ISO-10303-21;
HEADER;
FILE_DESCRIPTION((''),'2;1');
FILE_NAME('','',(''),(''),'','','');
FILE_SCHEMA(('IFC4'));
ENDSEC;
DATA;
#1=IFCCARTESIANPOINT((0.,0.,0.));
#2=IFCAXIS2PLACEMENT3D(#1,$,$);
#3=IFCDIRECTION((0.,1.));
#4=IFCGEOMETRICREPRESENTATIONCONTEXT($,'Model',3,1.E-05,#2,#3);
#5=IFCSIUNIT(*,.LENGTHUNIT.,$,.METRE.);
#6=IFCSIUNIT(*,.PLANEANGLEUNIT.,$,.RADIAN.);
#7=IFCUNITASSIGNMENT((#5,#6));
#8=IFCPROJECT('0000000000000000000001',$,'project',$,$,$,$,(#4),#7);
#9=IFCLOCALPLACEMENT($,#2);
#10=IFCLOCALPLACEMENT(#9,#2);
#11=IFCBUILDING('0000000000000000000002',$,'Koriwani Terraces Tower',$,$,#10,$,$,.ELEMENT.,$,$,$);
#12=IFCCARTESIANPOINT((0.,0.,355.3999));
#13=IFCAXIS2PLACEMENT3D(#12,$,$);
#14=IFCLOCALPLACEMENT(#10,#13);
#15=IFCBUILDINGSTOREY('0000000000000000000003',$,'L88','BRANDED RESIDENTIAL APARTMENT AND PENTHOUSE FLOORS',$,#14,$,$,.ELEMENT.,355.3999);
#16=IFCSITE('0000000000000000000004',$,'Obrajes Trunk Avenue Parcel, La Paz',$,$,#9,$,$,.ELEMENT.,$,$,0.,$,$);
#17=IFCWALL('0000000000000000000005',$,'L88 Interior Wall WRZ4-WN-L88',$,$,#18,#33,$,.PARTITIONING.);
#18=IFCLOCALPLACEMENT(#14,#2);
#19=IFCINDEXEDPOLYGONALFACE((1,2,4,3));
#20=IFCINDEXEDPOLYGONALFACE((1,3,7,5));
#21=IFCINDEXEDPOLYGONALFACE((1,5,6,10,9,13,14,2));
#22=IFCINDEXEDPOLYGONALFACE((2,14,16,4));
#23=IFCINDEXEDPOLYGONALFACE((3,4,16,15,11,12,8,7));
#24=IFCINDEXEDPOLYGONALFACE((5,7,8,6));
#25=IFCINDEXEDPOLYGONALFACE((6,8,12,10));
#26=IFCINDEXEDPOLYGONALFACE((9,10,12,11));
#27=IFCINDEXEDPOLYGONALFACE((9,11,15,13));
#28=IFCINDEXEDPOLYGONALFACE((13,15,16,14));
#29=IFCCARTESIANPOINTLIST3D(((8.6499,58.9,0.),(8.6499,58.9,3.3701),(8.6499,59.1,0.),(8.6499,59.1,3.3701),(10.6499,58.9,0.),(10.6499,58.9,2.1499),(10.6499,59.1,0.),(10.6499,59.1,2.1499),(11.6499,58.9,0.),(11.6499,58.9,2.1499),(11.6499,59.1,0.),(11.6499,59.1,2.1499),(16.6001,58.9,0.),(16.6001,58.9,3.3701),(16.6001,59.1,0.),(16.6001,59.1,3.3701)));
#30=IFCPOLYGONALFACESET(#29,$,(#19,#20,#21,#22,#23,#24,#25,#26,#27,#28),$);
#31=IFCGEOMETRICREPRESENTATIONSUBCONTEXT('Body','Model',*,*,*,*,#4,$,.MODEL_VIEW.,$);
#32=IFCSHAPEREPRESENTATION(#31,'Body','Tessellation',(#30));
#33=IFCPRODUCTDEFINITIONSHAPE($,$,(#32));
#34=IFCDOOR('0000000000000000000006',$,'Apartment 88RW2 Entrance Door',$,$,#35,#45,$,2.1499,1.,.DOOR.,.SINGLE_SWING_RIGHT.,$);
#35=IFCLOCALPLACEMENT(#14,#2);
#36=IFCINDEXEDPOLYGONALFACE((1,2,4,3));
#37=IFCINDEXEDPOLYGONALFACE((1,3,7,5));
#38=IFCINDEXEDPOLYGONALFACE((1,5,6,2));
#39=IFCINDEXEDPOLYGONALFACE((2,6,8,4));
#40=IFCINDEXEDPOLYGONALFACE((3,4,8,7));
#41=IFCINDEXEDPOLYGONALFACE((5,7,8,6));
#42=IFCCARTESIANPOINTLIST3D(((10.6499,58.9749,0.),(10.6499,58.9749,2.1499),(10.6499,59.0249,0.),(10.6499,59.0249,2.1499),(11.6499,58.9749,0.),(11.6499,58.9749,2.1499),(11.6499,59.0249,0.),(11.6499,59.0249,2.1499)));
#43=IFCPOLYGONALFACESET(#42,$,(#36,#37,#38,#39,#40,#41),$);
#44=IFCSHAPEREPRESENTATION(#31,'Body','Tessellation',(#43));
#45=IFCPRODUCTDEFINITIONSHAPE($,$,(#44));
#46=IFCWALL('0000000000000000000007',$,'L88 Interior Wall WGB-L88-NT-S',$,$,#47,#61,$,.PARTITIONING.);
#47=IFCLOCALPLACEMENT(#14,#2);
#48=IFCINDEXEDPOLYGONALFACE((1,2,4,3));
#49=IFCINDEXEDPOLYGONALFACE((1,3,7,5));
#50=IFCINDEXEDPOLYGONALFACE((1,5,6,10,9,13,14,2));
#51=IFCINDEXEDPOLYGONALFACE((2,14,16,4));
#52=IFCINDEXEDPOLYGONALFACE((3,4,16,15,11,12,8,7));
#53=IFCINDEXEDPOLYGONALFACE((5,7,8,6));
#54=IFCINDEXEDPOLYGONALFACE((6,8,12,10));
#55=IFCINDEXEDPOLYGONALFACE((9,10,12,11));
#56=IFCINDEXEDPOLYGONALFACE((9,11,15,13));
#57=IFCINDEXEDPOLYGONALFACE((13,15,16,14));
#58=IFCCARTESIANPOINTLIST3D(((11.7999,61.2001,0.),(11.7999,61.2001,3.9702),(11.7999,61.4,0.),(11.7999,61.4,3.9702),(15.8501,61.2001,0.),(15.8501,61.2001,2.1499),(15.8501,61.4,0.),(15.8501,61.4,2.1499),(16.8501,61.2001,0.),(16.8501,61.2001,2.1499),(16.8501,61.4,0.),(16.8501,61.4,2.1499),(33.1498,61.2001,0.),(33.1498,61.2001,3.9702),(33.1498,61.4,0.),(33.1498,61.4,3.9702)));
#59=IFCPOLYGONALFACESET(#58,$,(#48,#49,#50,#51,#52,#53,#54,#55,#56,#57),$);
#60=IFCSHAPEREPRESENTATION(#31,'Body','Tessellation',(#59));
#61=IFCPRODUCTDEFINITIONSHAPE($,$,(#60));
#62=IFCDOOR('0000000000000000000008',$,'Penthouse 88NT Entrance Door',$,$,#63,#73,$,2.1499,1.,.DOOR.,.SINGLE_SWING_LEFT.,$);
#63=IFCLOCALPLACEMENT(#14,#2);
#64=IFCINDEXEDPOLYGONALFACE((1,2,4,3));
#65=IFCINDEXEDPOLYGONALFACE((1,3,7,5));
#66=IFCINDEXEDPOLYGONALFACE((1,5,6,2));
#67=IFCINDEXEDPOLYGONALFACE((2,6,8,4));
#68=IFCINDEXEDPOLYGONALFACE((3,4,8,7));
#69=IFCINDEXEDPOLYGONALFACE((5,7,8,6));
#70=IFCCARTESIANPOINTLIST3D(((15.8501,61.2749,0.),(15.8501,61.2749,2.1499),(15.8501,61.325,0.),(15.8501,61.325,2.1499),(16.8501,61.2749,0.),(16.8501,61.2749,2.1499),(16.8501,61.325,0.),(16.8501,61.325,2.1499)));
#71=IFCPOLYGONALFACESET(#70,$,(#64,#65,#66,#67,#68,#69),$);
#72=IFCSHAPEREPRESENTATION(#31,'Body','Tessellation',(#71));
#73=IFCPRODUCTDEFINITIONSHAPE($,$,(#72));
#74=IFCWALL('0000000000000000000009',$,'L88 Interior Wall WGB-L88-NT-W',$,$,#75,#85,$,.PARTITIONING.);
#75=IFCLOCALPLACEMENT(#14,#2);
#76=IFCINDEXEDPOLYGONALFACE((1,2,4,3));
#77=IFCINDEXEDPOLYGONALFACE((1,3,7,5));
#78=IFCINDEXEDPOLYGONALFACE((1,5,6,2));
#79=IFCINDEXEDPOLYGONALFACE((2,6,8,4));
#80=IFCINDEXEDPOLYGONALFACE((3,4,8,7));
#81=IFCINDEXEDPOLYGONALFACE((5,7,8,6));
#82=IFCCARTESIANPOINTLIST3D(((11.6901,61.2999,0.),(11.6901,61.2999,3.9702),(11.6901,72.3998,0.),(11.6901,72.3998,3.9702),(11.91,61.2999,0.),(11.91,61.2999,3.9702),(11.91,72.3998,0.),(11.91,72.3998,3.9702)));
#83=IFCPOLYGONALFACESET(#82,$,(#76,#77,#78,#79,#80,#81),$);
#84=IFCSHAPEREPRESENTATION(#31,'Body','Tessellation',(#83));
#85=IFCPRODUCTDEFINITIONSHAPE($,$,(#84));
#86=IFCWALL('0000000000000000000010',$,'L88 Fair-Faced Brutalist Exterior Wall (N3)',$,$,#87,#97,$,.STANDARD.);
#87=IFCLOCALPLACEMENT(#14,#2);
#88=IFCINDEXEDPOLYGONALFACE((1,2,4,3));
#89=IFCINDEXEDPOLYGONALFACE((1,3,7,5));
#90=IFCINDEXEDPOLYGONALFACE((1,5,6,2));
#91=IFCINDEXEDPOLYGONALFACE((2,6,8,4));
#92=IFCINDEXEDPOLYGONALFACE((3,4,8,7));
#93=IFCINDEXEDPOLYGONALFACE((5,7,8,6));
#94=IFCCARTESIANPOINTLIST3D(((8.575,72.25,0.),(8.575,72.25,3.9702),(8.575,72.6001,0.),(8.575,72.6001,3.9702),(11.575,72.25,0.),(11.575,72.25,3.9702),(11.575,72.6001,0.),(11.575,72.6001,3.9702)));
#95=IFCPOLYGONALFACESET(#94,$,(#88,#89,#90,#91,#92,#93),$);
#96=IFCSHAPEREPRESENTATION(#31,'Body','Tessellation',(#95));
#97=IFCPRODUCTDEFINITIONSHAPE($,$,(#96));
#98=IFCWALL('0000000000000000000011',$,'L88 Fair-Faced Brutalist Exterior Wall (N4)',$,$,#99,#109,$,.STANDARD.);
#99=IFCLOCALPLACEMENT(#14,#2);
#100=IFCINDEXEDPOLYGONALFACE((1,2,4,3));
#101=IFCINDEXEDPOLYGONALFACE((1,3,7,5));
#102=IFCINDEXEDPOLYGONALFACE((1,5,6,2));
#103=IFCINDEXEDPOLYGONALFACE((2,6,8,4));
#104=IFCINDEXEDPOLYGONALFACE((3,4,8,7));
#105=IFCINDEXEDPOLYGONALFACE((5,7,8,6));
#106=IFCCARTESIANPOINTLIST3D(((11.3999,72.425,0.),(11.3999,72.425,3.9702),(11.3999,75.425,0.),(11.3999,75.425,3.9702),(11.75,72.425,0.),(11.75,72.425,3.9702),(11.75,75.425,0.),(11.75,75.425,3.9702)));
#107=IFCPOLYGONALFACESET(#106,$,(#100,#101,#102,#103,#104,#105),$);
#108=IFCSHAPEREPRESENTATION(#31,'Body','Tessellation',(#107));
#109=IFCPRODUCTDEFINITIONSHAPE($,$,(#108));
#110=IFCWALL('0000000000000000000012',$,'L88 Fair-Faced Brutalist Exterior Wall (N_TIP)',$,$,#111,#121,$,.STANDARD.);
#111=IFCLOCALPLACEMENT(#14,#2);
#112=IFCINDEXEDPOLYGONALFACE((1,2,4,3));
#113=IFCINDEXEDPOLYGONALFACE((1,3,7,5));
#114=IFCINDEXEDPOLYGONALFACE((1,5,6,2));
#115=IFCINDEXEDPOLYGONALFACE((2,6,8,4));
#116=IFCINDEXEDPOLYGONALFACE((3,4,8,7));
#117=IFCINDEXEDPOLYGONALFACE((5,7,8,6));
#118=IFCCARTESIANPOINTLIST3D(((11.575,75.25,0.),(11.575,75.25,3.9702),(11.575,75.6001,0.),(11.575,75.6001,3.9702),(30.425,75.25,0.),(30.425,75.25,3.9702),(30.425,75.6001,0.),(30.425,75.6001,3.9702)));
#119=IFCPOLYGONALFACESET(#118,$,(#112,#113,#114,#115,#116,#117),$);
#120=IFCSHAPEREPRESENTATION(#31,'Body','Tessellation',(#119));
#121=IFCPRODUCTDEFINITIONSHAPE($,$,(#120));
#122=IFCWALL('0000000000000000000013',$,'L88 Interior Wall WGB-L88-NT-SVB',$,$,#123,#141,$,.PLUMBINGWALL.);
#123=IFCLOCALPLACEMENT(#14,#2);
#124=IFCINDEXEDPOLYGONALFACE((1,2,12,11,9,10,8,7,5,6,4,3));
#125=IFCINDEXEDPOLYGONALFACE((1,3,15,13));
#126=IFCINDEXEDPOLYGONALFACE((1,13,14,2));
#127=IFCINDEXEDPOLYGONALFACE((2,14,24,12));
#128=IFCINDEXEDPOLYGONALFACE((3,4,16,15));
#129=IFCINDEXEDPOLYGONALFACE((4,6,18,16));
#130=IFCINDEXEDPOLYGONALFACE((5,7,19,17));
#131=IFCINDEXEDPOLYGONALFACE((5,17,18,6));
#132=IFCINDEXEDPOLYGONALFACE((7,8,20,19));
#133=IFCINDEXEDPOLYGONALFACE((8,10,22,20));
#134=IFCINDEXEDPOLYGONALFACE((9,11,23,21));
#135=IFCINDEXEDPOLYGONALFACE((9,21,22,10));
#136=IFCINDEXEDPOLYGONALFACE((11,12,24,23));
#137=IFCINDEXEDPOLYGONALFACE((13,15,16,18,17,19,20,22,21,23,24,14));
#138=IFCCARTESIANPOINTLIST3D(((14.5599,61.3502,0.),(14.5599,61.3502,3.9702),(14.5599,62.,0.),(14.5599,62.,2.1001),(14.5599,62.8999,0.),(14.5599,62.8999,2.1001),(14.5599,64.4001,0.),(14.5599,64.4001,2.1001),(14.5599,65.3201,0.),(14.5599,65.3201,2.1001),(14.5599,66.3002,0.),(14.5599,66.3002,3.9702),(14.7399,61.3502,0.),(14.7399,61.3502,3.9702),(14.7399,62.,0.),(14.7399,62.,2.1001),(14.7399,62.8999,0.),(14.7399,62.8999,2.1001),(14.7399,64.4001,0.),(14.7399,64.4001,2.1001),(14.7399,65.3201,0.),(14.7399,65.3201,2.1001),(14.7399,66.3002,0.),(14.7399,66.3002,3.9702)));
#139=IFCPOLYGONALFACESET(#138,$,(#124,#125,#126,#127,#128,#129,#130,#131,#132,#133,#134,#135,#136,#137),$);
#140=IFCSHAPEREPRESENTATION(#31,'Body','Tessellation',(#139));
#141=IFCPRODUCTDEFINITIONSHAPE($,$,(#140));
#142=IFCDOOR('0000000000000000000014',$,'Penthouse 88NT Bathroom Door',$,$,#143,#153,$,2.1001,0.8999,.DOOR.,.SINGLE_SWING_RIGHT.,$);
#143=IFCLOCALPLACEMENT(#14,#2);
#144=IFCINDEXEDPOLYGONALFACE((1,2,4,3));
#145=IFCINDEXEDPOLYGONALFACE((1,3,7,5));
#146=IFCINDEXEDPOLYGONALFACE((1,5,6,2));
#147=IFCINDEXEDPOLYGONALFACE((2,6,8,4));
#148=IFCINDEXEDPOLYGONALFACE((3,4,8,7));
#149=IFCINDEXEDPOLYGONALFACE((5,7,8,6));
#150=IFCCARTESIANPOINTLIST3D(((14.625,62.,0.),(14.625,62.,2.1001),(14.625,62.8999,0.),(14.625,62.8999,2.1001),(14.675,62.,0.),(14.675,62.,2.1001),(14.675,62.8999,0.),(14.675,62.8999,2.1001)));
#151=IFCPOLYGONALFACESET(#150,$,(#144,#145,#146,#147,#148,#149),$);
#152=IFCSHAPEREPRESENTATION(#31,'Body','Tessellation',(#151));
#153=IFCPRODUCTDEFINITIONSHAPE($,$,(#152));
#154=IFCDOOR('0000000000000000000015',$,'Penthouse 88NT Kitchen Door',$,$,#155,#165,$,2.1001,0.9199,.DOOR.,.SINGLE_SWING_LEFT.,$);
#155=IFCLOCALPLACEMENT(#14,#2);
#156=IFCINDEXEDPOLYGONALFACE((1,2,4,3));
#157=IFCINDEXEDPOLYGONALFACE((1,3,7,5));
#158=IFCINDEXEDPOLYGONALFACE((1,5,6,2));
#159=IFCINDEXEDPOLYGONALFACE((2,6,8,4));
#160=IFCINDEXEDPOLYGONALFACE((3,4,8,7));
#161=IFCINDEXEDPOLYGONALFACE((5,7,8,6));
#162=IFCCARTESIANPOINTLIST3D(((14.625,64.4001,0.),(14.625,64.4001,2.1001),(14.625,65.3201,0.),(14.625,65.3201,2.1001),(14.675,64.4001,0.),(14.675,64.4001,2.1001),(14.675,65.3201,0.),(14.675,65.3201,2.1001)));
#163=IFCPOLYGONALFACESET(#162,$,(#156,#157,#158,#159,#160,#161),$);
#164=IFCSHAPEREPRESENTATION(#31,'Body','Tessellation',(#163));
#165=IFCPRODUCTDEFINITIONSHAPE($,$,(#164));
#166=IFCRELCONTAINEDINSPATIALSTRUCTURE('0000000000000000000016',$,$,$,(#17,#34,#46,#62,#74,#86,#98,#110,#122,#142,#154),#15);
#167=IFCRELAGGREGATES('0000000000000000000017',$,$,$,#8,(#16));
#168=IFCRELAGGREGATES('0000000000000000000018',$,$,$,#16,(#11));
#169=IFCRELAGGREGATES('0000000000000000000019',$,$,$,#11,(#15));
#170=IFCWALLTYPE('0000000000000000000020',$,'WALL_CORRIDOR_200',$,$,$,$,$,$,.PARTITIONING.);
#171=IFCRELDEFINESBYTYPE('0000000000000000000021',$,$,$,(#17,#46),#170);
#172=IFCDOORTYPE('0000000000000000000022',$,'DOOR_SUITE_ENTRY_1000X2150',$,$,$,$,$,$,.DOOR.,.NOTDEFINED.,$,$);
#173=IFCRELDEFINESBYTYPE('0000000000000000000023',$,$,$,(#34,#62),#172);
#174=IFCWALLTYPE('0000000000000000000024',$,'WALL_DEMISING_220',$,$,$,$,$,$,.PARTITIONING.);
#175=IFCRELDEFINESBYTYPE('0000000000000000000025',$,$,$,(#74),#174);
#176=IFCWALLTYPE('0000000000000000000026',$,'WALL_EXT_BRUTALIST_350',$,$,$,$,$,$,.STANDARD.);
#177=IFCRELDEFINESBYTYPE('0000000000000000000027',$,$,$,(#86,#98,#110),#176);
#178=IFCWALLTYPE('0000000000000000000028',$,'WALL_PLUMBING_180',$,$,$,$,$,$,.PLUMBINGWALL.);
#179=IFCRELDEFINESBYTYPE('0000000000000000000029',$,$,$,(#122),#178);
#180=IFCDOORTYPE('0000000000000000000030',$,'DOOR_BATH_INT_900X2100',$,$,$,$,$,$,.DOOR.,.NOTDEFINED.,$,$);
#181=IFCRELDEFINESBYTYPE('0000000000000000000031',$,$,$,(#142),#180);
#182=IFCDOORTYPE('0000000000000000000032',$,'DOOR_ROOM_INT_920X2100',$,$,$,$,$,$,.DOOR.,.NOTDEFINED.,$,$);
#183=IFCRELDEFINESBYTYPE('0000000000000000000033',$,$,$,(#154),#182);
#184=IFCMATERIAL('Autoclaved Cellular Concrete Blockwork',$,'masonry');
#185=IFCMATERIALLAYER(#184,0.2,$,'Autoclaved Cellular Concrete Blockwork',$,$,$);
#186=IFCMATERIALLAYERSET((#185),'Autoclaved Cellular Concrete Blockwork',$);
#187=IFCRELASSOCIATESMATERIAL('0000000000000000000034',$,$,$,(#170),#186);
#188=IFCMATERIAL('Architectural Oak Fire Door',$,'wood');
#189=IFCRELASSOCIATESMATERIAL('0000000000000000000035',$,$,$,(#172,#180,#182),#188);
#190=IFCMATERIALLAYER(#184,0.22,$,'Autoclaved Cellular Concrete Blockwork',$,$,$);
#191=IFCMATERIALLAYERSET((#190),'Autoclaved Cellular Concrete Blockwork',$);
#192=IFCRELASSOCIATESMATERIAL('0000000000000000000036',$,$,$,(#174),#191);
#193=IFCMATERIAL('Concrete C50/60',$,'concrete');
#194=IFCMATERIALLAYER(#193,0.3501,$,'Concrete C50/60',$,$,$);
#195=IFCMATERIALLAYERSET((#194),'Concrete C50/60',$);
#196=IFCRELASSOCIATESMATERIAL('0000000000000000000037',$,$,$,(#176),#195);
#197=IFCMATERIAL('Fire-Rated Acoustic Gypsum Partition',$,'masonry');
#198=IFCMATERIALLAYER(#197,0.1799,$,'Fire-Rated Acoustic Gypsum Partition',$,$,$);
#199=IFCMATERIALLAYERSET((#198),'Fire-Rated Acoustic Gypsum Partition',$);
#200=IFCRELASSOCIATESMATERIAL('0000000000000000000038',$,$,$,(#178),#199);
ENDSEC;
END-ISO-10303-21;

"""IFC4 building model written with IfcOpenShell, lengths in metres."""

from ifc_helpers import new_model, si_unit, direction, frame, frame_2d, origin, place, context, subcontext, project, spatial, rectangle, extrude, material, layer, layer_set, type_object, element, fill, save


model = new_model("IFC4")

# Units and contexts
model_context = context("Model", 3, precision=1e-05, world=origin(), true_north=direction((0.0, 1.0)))
body_context = subcontext(model_context, "Body", "Model", "MODEL_VIEW")
ifc_project = project(units=[si_unit("LENGTHUNIT", "METRE"), si_unit("PLANEANGLEUNIT", "RADIAN")], contexts=[model_context])

# Site, building, storey
site_placement = place(None, origin())
site = spatial("IfcSite", under=ifc_project, at=site_placement, Name="Obrajes Trunk Avenue Parcel, La Paz", CompositionType="ELEMENT", RefElevation=0.0)
building_placement = place(site_placement, origin())
building = spatial("IfcBuilding", under=site, at=building_placement, Name="Koriwani Terraces Tower", CompositionType="ELEMENT")
storey_placement = place(building_placement, frame((0.0, 0.0, 355.3999)))
storey = spatial("IfcBuildingStorey", under=building, at=storey_placement, Name="L88", Description="BRANDED RESIDENTIAL APARTMENT AND PENTHOUSE FLOORS", CompositionType="ELEMENT", Elevation=355.3999)

# Shared definitions
ifc_material_1 = material(Name="Concrete C50/60", Category="concrete")

# Walls, openings, doors
ifc_material_2 = material(Name="Autoclaved Cellular Concrete Blockwork", Category="masonry")
ifc_layer_1 = layer(ifc_material_2, 0.2, Name="Autoclaved Cellular Concrete Blockwork")
ifc_layer_set_1 = layer_set([ifc_layer_1], Name="Autoclaved Cellular Concrete Blockwork")
wall_type_1 = type_object("IfcWallType", Name="WALL_CORRIDOR_200", PredefinedType="PARTITIONING", material=ifc_layer_set_1)
wall_1_placement = place(storey_placement, frame((8.6499, 59.0, 0.0), z_axis=(0.0, 0.0, 1.0), x_axis=(1.0, 0.0, 0.0)))
wall_1 = element("IfcWall", 1, at=wall_1_placement, inside=storey, type_object=wall_type_1, Name="L88 Interior Wall WRZ4-WN-L88", PredefinedType="PARTITIONING", context=body_context, shape_type="SweptSolid", body=[
    extrude(rectangle(XDim=7.9502, YDim=0.2, at=frame_2d((3.9751, 0.0))), origin(), (0.0, 0.0, 1.0), 3.3701),
])
opening_1_placement = place(wall_1_placement, frame((2.0, 0.0, 0.0)))
opening_1 = element("IfcOpeningElement", 2, at=opening_1_placement, cuts=wall_1, PredefinedType="OPENING", context=body_context, shape_type="SweptSolid", body=[
    extrude(rectangle(XDim=1.0, YDim=2.1499, at=frame_2d((0.5, 1.075))), frame((0.0, 0.1099, 0.0), z_axis=(0.0, -1.0, 0.0), x_axis=(1.0, 0.0, 0.0)), (0.0, 0.0, 1.0), 0.22),
])
ifc_material_3 = material(Name="Architectural Oak Fire Door", Category="wood")
door_type_1 = type_object("IfcDoorType", Name="DOOR_SUITE_ENTRY_1000X2150", OperationType="NOTDEFINED", PredefinedType="DOOR", material=ifc_material_3)
door_1_placement = place(opening_1_placement, origin())
door_1 = element("IfcDoor", 3, at=door_1_placement, inside=storey, type_object=door_type_1, Name="Apartment 88RW2 Entrance Door", OperationType="SINGLE_SWING_RIGHT", OverallHeight=2.1499, OverallWidth=1.0, PredefinedType="DOOR", context=body_context, shape_type="SweptSolid", body=[
    extrude(rectangle(XDim=1.0, YDim=2.1499, at=frame_2d((0.5, 1.075))), frame((0.0, 0.0249, 0.0), z_axis=(0.0, -1.0, 0.0), x_axis=(1.0, 0.0, 0.0)), (0.0, 0.0, 1.0), 0.05),
])
fill(opening_1, door_1)
wall_2_placement = place(storey_placement, frame((11.8, 61.3, 0.0), z_axis=(0.0, 0.0, 1.0), x_axis=(1.0, 0.0, 0.0)))
wall_2 = element("IfcWall", 4, at=wall_2_placement, inside=storey, type_object=wall_type_1, Name="L88 Interior Wall WGB-L88-NT-S", PredefinedType="PARTITIONING", context=body_context, shape_type="SweptSolid", body=[
    extrude(rectangle(XDim=21.3499, YDim=0.2, at=frame_2d((10.6748, 0.0))), origin(), (0.0, 0.0, 1.0), 3.9702),
])
opening_2_placement = place(wall_2_placement, frame((4.05, 0.0, 0.0)))
opening_2 = element("IfcOpeningElement", 5, at=opening_2_placement, cuts=wall_2, PredefinedType="OPENING", context=body_context, shape_type="SweptSolid", body=[
    extrude(rectangle(XDim=1.0, YDim=2.1499, at=frame_2d((0.5, 1.075))), frame((0.0, 0.1099, 0.0), z_axis=(0.0, -1.0, 0.0), x_axis=(1.0, 0.0, 0.0)), (0.0, 0.0, 1.0), 0.22),
])
door_2_placement = place(opening_2_placement, origin())
door_2 = element("IfcDoor", 6, at=door_2_placement, inside=storey, type_object=door_type_1, Name="Penthouse 88NT Entrance Door", OperationType="SINGLE_SWING_LEFT", OverallHeight=2.1499, OverallWidth=1.0, PredefinedType="DOOR", context=body_context, shape_type="SweptSolid", body=[
    extrude(rectangle(XDim=1.0, YDim=2.1499, at=frame_2d((0.5, 1.075))), frame((0.0, 0.0249, 0.0), z_axis=(0.0, -1.0, 0.0), x_axis=(1.0, 0.0, 0.0)), (0.0, 0.0, 1.0), 0.05),
])
fill(opening_2, door_2)

# Walls
ifc_layer_2 = layer(ifc_material_2, 0.22, Name="Autoclaved Cellular Concrete Blockwork")
ifc_layer_set_2 = layer_set([ifc_layer_2], Name="Autoclaved Cellular Concrete Blockwork")
wall_type_2 = type_object("IfcWallType", Name="WALL_DEMISING_220", PredefinedType="PARTITIONING", material=ifc_layer_set_2)
wall_3_placement = place(storey_placement, frame((11.8, 61.3, 0.0), z_axis=(0.0, 0.0, 1.0), x_axis=(0.0, 1.0, 0.0)))
element("IfcWall", 7, at=wall_3_placement, inside=storey, type_object=wall_type_2, Name="L88 Interior Wall WGB-L88-NT-W", PredefinedType="PARTITIONING", context=body_context, shape_type="SweptSolid", body=[
    extrude(rectangle(XDim=11.0999, YDim=0.22, at=frame_2d((5.5498, 0.0))), origin(), (0.0, 0.0, 1.0), 3.9702),
])
ifc_layer_3 = layer(ifc_material_1, 0.3501, Name="Concrete C50/60")
ifc_layer_set_3 = layer_set([ifc_layer_3], Name="Concrete C50/60")
wall_type_3 = type_object("IfcWallType", Name="WALL_EXT_BRUTALIST_350", PredefinedType="STANDARD", material=ifc_layer_set_3)
for number, where, z_axis, x_axis, name in (
    (8, (8.575, 72.425, 0.0), (0.0, 0.0, 1.0), (1.0, 0.0, 0.0), "L88 Fair-Faced Brutalist Exterior Wall (N3)"),
    (9, (11.575, 72.425, 0.0), (0.0, 0.0, 1.0), (0.0, 1.0, 0.0), "L88 Fair-Faced Brutalist Exterior Wall (N4)"),
):
    element("IfcWall", number, at=place(storey_placement, frame(where, z_axis=z_axis, x_axis=x_axis)), inside=storey, type_object=wall_type_3, Name=name, PredefinedType="STANDARD", context=body_context, shape_type="SweptSolid", body=[
        extrude(rectangle(XDim=3.0, YDim=0.3501, at=frame_2d((1.5, 0.0))), origin(), (0.0, 0.0, 1.0), 3.9702),
    ])
wall_4_placement = place(storey_placement, frame((11.575, 75.425, 0.0), z_axis=(0.0, 0.0, 1.0), x_axis=(1.0, 0.0, 0.0)))
element("IfcWall", 10, at=wall_4_placement, inside=storey, type_object=wall_type_3, Name="L88 Fair-Faced Brutalist Exterior Wall (N_TIP)", PredefinedType="STANDARD", context=body_context, shape_type="SweptSolid", body=[
    extrude(rectangle(XDim=18.8501, YDim=0.3501, at=frame_2d((9.425, 0.0))), origin(), (0.0, 0.0, 1.0), 3.9702),
])

# Wall, openings, doors
ifc_material_4 = material(Name="Fire-Rated Acoustic Gypsum Partition", Category="masonry")
ifc_layer_4 = layer(ifc_material_4, 0.1799, Name="Fire-Rated Acoustic Gypsum Partition")
ifc_layer_set_4 = layer_set([ifc_layer_4], Name="Fire-Rated Acoustic Gypsum Partition")
wall_type_4 = type_object("IfcWallType", Name="WALL_PLUMBING_180", PredefinedType="PLUMBINGWALL", material=ifc_layer_set_4)
wall_5_placement = place(storey_placement, frame((14.6499, 61.3501, 0.0), z_axis=(0.0, 0.0, 1.0), x_axis=(0.0, 1.0, 0.0)))
wall_5 = element("IfcWall", 11, at=wall_5_placement, inside=storey, type_object=wall_type_4, Name="L88 Interior Wall WGB-L88-NT-SVB", PredefinedType="PLUMBINGWALL", context=body_context, shape_type="SweptSolid", body=[
    extrude(rectangle(XDim=4.95, YDim=0.1799, at=frame_2d((2.4751, 0.0))), origin(), (0.0, 0.0, 1.0), 3.9702),
])
opening_3_placement = place(wall_5_placement, frame((0.6499, 0.0, 0.0)))
opening_3 = element("IfcOpeningElement", 12, at=opening_3_placement, cuts=wall_5, PredefinedType="OPENING", context=body_context, shape_type="SweptSolid", body=[
    extrude(rectangle(XDim=0.8999, YDim=2.1001, at=frame_2d((0.45, 1.05))), frame((0.0, 0.1001, 0.0), z_axis=(0.0, -1.0, 0.0), x_axis=(1.0, 0.0, 0.0)), (0.0, 0.0, 1.0), 0.2),
])
opening_4_placement = place(wall_5_placement, frame((3.05, 0.0, 0.0)))
opening_4 = element("IfcOpeningElement", 13, at=opening_4_placement, cuts=wall_5, PredefinedType="OPENING", context=body_context, shape_type="SweptSolid", body=[
    extrude(rectangle(XDim=0.9199, YDim=2.1001, at=frame_2d((0.46, 1.05))), frame((0.0, 0.1001, 0.0), z_axis=(0.0, -1.0, 0.0), x_axis=(1.0, 0.0, 0.0)), (0.0, 0.0, 1.0), 0.2),
])
door_type_2 = type_object("IfcDoorType", Name="DOOR_BATH_INT_900X2100", OperationType="NOTDEFINED", PredefinedType="DOOR", material=ifc_material_3)
door_3_placement = place(opening_3_placement, origin())
door_3 = element("IfcDoor", 14, at=door_3_placement, inside=storey, type_object=door_type_2, Name="Penthouse 88NT Bathroom Door", OperationType="SINGLE_SWING_RIGHT", OverallHeight=2.1001, OverallWidth=0.8999, PredefinedType="DOOR", context=body_context, shape_type="SweptSolid", body=[
    extrude(rectangle(XDim=0.8999, YDim=2.1001, at=frame_2d((0.45, 1.05))), frame((0.0, 0.0249, 0.0), z_axis=(0.0, -1.0, 0.0), x_axis=(1.0, 0.0, 0.0)), (0.0, 0.0, 1.0), 0.05),
])
fill(opening_3, door_3)
door_type_3 = type_object("IfcDoorType", Name="DOOR_ROOM_INT_920X2100", OperationType="NOTDEFINED", PredefinedType="DOOR", material=ifc_material_3)
door_4_placement = place(opening_4_placement, origin())
door_4 = element("IfcDoor", 15, at=door_4_placement, inside=storey, type_object=door_type_3, Name="Penthouse 88NT Kitchen Door", OperationType="SINGLE_SWING_LEFT", OverallHeight=2.1001, OverallWidth=0.9199, PredefinedType="DOOR", context=body_context, shape_type="SweptSolid", body=[
    extrude(rectangle(XDim=0.9199, YDim=2.1001, at=frame_2d((0.46, 1.05))), frame((0.0, 0.0249, 0.0), z_axis=(0.0, -1.0, 0.0), x_axis=(1.0, 0.0, 0.0)), (0.0, 0.0, 1.0), 0.05),
])
fill(opening_4, door_4)

save(model, "model.ifc")
